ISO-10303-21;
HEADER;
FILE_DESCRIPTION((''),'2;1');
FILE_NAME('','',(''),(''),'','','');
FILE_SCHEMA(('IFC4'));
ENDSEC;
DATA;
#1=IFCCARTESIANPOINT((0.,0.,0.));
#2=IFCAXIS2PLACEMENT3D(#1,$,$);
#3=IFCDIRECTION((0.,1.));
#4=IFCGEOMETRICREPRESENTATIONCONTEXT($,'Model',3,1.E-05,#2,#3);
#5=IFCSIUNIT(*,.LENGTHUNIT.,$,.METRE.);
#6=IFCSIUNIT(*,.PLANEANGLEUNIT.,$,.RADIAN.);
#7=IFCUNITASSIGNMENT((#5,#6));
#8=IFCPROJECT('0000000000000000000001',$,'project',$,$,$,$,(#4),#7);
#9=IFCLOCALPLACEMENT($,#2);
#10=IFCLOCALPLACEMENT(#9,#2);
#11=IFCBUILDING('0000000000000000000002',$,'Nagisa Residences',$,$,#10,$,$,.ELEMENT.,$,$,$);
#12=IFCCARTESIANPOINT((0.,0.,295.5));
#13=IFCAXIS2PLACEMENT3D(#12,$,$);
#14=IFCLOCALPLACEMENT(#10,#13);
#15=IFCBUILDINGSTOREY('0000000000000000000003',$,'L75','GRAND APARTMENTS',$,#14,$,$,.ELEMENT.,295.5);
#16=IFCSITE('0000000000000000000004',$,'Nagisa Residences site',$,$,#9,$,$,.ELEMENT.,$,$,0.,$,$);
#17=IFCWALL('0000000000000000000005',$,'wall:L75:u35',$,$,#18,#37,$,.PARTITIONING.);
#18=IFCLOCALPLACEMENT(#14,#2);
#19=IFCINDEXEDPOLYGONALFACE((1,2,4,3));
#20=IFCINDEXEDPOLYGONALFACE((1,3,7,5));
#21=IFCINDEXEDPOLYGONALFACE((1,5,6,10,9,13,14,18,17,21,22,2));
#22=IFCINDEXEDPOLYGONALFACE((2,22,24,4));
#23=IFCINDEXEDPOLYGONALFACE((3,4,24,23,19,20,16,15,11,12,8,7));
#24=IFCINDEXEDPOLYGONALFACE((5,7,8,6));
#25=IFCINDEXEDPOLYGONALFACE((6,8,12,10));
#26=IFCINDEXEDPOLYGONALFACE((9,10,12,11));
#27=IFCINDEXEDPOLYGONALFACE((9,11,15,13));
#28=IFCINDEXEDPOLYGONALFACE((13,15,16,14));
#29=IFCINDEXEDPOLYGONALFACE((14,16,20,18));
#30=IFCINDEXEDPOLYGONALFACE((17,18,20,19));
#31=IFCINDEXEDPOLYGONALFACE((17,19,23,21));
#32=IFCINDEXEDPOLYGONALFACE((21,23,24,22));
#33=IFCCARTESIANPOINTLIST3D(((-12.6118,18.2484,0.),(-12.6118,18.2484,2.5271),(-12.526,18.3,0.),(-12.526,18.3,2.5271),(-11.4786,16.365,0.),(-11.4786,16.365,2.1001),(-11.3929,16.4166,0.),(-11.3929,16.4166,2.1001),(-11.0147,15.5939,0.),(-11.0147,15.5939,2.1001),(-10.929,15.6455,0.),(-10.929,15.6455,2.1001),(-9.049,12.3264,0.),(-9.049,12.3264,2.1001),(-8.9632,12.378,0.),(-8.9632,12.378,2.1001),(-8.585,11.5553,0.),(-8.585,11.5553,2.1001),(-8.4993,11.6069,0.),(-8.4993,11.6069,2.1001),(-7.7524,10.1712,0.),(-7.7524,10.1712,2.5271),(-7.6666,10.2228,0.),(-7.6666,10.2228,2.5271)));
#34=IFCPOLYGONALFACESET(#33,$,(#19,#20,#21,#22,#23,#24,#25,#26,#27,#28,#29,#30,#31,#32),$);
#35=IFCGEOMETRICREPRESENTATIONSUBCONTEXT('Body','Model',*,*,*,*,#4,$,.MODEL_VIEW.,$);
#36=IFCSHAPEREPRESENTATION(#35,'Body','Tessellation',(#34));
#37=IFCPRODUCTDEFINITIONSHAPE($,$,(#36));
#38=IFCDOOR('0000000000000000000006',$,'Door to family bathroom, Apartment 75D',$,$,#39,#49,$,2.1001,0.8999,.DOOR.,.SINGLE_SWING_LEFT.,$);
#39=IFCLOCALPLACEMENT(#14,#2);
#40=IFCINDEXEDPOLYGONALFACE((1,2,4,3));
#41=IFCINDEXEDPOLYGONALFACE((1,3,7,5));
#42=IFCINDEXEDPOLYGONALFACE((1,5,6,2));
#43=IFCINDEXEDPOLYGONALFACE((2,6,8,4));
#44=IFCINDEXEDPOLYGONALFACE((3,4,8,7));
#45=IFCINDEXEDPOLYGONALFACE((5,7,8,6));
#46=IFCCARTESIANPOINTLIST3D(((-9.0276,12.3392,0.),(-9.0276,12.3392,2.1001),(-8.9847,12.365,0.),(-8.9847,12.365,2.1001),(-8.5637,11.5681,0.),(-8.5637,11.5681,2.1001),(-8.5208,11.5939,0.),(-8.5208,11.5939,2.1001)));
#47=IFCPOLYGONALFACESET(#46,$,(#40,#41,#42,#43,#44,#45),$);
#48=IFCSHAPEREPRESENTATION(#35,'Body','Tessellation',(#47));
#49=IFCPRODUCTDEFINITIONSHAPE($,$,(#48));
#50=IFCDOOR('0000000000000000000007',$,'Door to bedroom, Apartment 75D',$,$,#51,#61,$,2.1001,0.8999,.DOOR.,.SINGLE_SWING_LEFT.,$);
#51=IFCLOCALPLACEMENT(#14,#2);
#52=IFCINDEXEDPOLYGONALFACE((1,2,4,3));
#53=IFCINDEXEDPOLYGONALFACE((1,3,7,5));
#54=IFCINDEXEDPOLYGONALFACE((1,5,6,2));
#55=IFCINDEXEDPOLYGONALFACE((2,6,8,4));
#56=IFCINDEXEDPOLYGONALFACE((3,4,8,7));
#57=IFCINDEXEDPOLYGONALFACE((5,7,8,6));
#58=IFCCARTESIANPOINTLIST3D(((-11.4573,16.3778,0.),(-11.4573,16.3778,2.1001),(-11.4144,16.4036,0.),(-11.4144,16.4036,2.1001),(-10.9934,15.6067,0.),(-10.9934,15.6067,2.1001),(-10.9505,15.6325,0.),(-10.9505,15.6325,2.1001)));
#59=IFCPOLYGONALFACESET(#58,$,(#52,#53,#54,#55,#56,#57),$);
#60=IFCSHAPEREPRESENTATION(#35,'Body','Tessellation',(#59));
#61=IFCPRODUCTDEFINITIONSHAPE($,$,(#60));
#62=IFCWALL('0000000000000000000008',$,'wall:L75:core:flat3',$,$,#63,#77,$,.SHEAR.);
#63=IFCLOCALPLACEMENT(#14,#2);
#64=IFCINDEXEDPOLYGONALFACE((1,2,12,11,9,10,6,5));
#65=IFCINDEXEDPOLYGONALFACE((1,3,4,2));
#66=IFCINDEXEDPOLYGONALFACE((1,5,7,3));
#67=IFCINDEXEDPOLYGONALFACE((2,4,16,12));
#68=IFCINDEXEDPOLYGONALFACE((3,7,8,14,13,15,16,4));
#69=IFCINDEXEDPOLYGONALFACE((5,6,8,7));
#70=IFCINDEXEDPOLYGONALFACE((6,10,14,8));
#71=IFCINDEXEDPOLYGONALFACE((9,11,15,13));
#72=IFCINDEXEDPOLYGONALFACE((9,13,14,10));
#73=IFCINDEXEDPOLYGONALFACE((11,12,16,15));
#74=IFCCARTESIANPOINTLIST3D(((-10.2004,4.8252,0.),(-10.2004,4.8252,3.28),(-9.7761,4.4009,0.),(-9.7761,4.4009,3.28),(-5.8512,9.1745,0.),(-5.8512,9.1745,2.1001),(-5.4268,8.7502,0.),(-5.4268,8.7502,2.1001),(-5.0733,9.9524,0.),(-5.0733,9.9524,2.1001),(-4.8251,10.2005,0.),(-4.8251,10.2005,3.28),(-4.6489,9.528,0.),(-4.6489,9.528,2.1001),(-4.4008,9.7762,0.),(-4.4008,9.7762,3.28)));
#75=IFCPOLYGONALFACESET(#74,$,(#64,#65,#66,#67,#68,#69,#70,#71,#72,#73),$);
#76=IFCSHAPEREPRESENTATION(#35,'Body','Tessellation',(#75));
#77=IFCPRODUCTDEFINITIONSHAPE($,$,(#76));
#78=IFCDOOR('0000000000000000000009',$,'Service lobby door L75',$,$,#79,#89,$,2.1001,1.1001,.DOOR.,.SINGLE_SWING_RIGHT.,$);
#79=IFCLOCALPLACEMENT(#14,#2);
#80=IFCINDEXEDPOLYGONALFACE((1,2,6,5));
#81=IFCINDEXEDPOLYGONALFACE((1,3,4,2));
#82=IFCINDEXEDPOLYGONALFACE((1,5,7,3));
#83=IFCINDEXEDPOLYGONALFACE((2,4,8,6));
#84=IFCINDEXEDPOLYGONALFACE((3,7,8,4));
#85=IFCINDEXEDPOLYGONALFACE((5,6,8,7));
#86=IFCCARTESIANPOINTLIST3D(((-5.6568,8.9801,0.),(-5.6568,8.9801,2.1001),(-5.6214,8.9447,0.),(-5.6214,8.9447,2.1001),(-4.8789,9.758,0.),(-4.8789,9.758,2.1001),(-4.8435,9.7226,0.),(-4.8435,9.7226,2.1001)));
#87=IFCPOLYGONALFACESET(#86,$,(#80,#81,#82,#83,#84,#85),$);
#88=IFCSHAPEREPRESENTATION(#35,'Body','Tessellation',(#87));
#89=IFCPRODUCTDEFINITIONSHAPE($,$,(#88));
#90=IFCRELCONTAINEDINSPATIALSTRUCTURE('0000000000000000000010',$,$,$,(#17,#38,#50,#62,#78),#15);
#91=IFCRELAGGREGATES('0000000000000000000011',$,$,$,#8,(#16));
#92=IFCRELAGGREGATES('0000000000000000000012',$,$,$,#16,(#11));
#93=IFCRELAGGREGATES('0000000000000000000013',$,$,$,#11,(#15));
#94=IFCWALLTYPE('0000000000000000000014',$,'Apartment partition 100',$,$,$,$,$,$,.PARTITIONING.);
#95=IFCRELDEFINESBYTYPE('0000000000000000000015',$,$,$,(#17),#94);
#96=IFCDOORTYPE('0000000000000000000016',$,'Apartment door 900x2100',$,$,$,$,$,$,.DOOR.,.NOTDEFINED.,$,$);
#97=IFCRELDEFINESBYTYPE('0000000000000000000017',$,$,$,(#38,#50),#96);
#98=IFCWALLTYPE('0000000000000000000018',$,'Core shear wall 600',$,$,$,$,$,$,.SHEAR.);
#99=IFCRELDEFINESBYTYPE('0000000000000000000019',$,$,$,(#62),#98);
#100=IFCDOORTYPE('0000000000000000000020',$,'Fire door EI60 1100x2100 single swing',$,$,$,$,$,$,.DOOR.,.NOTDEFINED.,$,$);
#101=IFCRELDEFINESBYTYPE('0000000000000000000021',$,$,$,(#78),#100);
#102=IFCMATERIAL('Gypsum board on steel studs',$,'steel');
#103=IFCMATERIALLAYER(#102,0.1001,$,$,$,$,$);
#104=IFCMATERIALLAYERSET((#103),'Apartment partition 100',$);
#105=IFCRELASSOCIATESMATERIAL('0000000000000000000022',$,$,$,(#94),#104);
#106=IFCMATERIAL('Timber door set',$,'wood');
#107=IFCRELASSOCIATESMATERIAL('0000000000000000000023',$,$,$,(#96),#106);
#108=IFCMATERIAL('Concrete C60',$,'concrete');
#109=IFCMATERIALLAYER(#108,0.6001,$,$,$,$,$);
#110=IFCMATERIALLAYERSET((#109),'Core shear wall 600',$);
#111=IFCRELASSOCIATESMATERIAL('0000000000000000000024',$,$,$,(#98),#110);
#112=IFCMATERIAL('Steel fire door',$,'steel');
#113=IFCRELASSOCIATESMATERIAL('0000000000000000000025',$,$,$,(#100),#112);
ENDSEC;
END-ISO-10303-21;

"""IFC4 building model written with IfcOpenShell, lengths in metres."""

from ifc_helpers import new_model, si_unit, direction, frame, frame_2d, origin, place, context, subcontext, project, spatial, rectangle, extrude, material, layer, layer_set, type_object, element, fill, save


model = new_model("IFC4")

# Units and contexts
model_context = context("Model", 3, precision=1e-05, world=origin(), true_north=direction((0.0, 1.0)))
body_context = subcontext(model_context, "Body", "Model", "MODEL_VIEW")
ifc_project = project(units=[si_unit("LENGTHUNIT", "METRE"), si_unit("PLANEANGLEUNIT", "RADIAN")], contexts=[model_context])

# Site, building, storey
site_placement = place(None, origin())
site = spatial("IfcSite", under=ifc_project, at=site_placement, Name="Nagisa Residences site", CompositionType="ELEMENT", RefElevation=0.0)
building_placement = place(site_placement, origin())
building = spatial("IfcBuilding", under=site, at=building_placement, Name="Nagisa Residences", CompositionType="ELEMENT")
storey_placement = place(building_placement, frame((0.0, 0.0, 295.5)))
storey = spatial("IfcBuildingStorey", under=building, at=storey_placement, Name="L75", Description="GRAND APARTMENTS", CompositionType="ELEMENT", Elevation=295.5)

# Shared definitions
ifc_material_1 = material(Name="Gypsum board on steel studs", Category="steel")
ifc_layer_1 = layer(ifc_material_1, 0.1001)
ifc_layer_set_1 = layer_set([ifc_layer_1], Name="Apartment partition 100")
wall_type_1 = type_object("IfcWallType", Name="Apartment partition 100", PredefinedType="PARTITIONING", material=ifc_layer_set_1)
ifc_material_2 = material(Name="Timber door set", Category="wood")
door_type_1 = type_object("IfcDoorType", Name="Apartment door 900x2100", OperationType="NOTDEFINED", PredefinedType="DOOR", material=ifc_material_2)

# Wall, openings, doors
wall_1_placement = place(storey_placement, frame((-7.7095, 10.197, 0.0), z_axis=(0.0, 0.0, 1.0), x_axis=(-0.515516, 0.85688, 0.0)))
wall_1 = element("IfcWall", 1, at=wall_1_placement, inside=storey, type_object=wall_type_1, Name="wall:L75:u35", PredefinedType="PARTITIONING", context=body_context, shape_type="SweptSolid", body=[
    extrude(rectangle(XDim=9.4263, YDim=0.1001, at=frame_2d((4.7131, 0.0))), origin(), (0.0, 0.0, 1.0), 2.5271),
])
opening_1_placement = place(wall_1_placement, frame((1.6152, 0.0, 0.0)))
opening_1 = element("IfcOpeningElement", 2, at=opening_1_placement, cuts=wall_1, PredefinedType="OPENING", context=body_context, shape_type="SweptSolid", body=[
    extrude(rectangle(XDim=0.8999, YDim=2.1001, at=frame_2d((0.45, 1.05))), frame((0.0, 0.0601, 0.0), z_axis=(0.0, -1.0, 0.0), x_axis=(1.0, 0.0, 0.0)), (0.0, 0.0, 1.0), 0.1201),
])
opening_2_placement = place(wall_1_placement, frame((6.3284, 0.0, 0.0)))
opening_2 = element("IfcOpeningElement", 3, at=opening_2_placement, cuts=wall_1, PredefinedType="OPENING", context=body_context, shape_type="SweptSolid", body=[
    extrude(rectangle(XDim=0.8999, YDim=2.1001, at=frame_2d((0.45, 1.05))), frame((0.0, 0.0601, 0.0), z_axis=(0.0, -1.0, 0.0), x_axis=(1.0, 0.0, 0.0)), (0.0, 0.0, 1.0), 0.1201),
])
door_1_placement = place(opening_1_placement, frame((0.8999, 0.0, 0.0), x_axis=(-1.0, 0.0, 0.0)))
door_1 = element("IfcDoor", 4, at=door_1_placement, inside=storey, type_object=door_type_1, Name="Door to family bathroom, Apartment 75D", OperationType="SINGLE_SWING_LEFT", OverallHeight=2.1001, OverallWidth=0.8999, PredefinedType="DOOR", context=body_context, shape_type="SweptSolid", body=[
    extrude(rectangle(XDim=0.8999, YDim=2.1001, at=frame_2d((0.45, 1.05))), frame((0.0, 0.0249, 0.0), z_axis=(0.0, -1.0, 0.0), x_axis=(1.0, 0.0, 0.0)), (0.0, 0.0, 1.0), 0.05),
])
fill(opening_1, door_1)
door_2_placement = place(opening_2_placement, frame((0.8999, 0.0, 0.0), x_axis=(-1.0, 0.0, 0.0)))
door_2 = element("IfcDoor", 5, at=door_2_placement, inside=storey, type_object=door_type_1, Name="Door to bedroom, Apartment 75D", OperationType="SINGLE_SWING_LEFT", OverallHeight=2.1001, OverallWidth=0.8999, PredefinedType="DOOR", context=body_context, shape_type="SweptSolid", body=[
    extrude(rectangle(XDim=0.8999, YDim=2.1001, at=frame_2d((0.45, 1.05))), frame((0.0, 0.0249, 0.0), z_axis=(0.0, -1.0, 0.0), x_axis=(1.0, 0.0, 0.0)), (0.0, 0.0, 1.0), 0.05),
])
fill(opening_2, door_2)

# Wall, opening, door
ifc_material_3 = material(Name="Concrete C60", Category="concrete")
ifc_layer_2 = layer(ifc_material_3, 0.6001)
ifc_layer_set_2 = layer_set([ifc_layer_2], Name="Core shear wall 600")
wall_type_2 = type_object("IfcWallType", Name="Core shear wall 600", PredefinedType="SHEAR", material=ifc_layer_set_2)
wall_2_placement = place(storey_placement, frame((-4.613, 9.9883, 0.0), z_axis=(0.0, 0.0, 1.0), x_axis=(-0.707107, -0.707107, 0.0)))
wall_2 = element("IfcWall", 6, at=wall_2_placement, inside=storey, type_object=wall_type_2, Name="wall:L75:core:flat3", PredefinedType="SHEAR", context=body_context, shape_type="SweptSolid", body=[
    extrude(rectangle(XDim=7.6018, YDim=0.6001, at=frame_2d((3.8008, 0.0))), origin(), (0.0, 0.0, 1.0), 3.28),
])
opening_3_placement = place(wall_2_placement, frame((0.3508, 0.0, 0.0)))
opening_3 = element("IfcOpeningElement", 7, at=opening_3_placement, cuts=wall_2, PredefinedType="OPENING", context=body_context, shape_type="SweptSolid", body=[
    extrude(rectangle(XDim=1.1001, YDim=2.1001, at=frame_2d((0.55, 1.05))), frame((0.0, 0.3101, 0.0), z_axis=(0.0, -1.0, 0.0), x_axis=(1.0, 0.0, 0.0)), (0.0, 0.0, 1.0), 0.6201),
])
ifc_material_4 = material(Name="Steel fire door", Category="steel")
door_type_2 = type_object("IfcDoorType", Name="Fire door EI60 1100x2100 single swing", OperationType="NOTDEFINED", PredefinedType="DOOR", material=ifc_material_4)
door_3_placement = place(opening_3_placement, origin())
door_3 = element("IfcDoor", 8, at=door_3_placement, inside=storey, type_object=door_type_2, Name="Service lobby door L75", OperationType="SINGLE_SWING_RIGHT", OverallHeight=2.1001, OverallWidth=1.1001, PredefinedType="DOOR", context=body_context, shape_type="SweptSolid", body=[
    extrude(rectangle(XDim=1.1001, YDim=2.1001, at=frame_2d((0.55, 1.05))), frame((0.0, 0.0249, 0.0), z_axis=(0.0, -1.0, 0.0), x_axis=(1.0, 0.0, 0.0)), (0.0, 0.0, 1.0), 0.05),
])
fill(opening_3, door_3)

save(model, "model.ifc")
